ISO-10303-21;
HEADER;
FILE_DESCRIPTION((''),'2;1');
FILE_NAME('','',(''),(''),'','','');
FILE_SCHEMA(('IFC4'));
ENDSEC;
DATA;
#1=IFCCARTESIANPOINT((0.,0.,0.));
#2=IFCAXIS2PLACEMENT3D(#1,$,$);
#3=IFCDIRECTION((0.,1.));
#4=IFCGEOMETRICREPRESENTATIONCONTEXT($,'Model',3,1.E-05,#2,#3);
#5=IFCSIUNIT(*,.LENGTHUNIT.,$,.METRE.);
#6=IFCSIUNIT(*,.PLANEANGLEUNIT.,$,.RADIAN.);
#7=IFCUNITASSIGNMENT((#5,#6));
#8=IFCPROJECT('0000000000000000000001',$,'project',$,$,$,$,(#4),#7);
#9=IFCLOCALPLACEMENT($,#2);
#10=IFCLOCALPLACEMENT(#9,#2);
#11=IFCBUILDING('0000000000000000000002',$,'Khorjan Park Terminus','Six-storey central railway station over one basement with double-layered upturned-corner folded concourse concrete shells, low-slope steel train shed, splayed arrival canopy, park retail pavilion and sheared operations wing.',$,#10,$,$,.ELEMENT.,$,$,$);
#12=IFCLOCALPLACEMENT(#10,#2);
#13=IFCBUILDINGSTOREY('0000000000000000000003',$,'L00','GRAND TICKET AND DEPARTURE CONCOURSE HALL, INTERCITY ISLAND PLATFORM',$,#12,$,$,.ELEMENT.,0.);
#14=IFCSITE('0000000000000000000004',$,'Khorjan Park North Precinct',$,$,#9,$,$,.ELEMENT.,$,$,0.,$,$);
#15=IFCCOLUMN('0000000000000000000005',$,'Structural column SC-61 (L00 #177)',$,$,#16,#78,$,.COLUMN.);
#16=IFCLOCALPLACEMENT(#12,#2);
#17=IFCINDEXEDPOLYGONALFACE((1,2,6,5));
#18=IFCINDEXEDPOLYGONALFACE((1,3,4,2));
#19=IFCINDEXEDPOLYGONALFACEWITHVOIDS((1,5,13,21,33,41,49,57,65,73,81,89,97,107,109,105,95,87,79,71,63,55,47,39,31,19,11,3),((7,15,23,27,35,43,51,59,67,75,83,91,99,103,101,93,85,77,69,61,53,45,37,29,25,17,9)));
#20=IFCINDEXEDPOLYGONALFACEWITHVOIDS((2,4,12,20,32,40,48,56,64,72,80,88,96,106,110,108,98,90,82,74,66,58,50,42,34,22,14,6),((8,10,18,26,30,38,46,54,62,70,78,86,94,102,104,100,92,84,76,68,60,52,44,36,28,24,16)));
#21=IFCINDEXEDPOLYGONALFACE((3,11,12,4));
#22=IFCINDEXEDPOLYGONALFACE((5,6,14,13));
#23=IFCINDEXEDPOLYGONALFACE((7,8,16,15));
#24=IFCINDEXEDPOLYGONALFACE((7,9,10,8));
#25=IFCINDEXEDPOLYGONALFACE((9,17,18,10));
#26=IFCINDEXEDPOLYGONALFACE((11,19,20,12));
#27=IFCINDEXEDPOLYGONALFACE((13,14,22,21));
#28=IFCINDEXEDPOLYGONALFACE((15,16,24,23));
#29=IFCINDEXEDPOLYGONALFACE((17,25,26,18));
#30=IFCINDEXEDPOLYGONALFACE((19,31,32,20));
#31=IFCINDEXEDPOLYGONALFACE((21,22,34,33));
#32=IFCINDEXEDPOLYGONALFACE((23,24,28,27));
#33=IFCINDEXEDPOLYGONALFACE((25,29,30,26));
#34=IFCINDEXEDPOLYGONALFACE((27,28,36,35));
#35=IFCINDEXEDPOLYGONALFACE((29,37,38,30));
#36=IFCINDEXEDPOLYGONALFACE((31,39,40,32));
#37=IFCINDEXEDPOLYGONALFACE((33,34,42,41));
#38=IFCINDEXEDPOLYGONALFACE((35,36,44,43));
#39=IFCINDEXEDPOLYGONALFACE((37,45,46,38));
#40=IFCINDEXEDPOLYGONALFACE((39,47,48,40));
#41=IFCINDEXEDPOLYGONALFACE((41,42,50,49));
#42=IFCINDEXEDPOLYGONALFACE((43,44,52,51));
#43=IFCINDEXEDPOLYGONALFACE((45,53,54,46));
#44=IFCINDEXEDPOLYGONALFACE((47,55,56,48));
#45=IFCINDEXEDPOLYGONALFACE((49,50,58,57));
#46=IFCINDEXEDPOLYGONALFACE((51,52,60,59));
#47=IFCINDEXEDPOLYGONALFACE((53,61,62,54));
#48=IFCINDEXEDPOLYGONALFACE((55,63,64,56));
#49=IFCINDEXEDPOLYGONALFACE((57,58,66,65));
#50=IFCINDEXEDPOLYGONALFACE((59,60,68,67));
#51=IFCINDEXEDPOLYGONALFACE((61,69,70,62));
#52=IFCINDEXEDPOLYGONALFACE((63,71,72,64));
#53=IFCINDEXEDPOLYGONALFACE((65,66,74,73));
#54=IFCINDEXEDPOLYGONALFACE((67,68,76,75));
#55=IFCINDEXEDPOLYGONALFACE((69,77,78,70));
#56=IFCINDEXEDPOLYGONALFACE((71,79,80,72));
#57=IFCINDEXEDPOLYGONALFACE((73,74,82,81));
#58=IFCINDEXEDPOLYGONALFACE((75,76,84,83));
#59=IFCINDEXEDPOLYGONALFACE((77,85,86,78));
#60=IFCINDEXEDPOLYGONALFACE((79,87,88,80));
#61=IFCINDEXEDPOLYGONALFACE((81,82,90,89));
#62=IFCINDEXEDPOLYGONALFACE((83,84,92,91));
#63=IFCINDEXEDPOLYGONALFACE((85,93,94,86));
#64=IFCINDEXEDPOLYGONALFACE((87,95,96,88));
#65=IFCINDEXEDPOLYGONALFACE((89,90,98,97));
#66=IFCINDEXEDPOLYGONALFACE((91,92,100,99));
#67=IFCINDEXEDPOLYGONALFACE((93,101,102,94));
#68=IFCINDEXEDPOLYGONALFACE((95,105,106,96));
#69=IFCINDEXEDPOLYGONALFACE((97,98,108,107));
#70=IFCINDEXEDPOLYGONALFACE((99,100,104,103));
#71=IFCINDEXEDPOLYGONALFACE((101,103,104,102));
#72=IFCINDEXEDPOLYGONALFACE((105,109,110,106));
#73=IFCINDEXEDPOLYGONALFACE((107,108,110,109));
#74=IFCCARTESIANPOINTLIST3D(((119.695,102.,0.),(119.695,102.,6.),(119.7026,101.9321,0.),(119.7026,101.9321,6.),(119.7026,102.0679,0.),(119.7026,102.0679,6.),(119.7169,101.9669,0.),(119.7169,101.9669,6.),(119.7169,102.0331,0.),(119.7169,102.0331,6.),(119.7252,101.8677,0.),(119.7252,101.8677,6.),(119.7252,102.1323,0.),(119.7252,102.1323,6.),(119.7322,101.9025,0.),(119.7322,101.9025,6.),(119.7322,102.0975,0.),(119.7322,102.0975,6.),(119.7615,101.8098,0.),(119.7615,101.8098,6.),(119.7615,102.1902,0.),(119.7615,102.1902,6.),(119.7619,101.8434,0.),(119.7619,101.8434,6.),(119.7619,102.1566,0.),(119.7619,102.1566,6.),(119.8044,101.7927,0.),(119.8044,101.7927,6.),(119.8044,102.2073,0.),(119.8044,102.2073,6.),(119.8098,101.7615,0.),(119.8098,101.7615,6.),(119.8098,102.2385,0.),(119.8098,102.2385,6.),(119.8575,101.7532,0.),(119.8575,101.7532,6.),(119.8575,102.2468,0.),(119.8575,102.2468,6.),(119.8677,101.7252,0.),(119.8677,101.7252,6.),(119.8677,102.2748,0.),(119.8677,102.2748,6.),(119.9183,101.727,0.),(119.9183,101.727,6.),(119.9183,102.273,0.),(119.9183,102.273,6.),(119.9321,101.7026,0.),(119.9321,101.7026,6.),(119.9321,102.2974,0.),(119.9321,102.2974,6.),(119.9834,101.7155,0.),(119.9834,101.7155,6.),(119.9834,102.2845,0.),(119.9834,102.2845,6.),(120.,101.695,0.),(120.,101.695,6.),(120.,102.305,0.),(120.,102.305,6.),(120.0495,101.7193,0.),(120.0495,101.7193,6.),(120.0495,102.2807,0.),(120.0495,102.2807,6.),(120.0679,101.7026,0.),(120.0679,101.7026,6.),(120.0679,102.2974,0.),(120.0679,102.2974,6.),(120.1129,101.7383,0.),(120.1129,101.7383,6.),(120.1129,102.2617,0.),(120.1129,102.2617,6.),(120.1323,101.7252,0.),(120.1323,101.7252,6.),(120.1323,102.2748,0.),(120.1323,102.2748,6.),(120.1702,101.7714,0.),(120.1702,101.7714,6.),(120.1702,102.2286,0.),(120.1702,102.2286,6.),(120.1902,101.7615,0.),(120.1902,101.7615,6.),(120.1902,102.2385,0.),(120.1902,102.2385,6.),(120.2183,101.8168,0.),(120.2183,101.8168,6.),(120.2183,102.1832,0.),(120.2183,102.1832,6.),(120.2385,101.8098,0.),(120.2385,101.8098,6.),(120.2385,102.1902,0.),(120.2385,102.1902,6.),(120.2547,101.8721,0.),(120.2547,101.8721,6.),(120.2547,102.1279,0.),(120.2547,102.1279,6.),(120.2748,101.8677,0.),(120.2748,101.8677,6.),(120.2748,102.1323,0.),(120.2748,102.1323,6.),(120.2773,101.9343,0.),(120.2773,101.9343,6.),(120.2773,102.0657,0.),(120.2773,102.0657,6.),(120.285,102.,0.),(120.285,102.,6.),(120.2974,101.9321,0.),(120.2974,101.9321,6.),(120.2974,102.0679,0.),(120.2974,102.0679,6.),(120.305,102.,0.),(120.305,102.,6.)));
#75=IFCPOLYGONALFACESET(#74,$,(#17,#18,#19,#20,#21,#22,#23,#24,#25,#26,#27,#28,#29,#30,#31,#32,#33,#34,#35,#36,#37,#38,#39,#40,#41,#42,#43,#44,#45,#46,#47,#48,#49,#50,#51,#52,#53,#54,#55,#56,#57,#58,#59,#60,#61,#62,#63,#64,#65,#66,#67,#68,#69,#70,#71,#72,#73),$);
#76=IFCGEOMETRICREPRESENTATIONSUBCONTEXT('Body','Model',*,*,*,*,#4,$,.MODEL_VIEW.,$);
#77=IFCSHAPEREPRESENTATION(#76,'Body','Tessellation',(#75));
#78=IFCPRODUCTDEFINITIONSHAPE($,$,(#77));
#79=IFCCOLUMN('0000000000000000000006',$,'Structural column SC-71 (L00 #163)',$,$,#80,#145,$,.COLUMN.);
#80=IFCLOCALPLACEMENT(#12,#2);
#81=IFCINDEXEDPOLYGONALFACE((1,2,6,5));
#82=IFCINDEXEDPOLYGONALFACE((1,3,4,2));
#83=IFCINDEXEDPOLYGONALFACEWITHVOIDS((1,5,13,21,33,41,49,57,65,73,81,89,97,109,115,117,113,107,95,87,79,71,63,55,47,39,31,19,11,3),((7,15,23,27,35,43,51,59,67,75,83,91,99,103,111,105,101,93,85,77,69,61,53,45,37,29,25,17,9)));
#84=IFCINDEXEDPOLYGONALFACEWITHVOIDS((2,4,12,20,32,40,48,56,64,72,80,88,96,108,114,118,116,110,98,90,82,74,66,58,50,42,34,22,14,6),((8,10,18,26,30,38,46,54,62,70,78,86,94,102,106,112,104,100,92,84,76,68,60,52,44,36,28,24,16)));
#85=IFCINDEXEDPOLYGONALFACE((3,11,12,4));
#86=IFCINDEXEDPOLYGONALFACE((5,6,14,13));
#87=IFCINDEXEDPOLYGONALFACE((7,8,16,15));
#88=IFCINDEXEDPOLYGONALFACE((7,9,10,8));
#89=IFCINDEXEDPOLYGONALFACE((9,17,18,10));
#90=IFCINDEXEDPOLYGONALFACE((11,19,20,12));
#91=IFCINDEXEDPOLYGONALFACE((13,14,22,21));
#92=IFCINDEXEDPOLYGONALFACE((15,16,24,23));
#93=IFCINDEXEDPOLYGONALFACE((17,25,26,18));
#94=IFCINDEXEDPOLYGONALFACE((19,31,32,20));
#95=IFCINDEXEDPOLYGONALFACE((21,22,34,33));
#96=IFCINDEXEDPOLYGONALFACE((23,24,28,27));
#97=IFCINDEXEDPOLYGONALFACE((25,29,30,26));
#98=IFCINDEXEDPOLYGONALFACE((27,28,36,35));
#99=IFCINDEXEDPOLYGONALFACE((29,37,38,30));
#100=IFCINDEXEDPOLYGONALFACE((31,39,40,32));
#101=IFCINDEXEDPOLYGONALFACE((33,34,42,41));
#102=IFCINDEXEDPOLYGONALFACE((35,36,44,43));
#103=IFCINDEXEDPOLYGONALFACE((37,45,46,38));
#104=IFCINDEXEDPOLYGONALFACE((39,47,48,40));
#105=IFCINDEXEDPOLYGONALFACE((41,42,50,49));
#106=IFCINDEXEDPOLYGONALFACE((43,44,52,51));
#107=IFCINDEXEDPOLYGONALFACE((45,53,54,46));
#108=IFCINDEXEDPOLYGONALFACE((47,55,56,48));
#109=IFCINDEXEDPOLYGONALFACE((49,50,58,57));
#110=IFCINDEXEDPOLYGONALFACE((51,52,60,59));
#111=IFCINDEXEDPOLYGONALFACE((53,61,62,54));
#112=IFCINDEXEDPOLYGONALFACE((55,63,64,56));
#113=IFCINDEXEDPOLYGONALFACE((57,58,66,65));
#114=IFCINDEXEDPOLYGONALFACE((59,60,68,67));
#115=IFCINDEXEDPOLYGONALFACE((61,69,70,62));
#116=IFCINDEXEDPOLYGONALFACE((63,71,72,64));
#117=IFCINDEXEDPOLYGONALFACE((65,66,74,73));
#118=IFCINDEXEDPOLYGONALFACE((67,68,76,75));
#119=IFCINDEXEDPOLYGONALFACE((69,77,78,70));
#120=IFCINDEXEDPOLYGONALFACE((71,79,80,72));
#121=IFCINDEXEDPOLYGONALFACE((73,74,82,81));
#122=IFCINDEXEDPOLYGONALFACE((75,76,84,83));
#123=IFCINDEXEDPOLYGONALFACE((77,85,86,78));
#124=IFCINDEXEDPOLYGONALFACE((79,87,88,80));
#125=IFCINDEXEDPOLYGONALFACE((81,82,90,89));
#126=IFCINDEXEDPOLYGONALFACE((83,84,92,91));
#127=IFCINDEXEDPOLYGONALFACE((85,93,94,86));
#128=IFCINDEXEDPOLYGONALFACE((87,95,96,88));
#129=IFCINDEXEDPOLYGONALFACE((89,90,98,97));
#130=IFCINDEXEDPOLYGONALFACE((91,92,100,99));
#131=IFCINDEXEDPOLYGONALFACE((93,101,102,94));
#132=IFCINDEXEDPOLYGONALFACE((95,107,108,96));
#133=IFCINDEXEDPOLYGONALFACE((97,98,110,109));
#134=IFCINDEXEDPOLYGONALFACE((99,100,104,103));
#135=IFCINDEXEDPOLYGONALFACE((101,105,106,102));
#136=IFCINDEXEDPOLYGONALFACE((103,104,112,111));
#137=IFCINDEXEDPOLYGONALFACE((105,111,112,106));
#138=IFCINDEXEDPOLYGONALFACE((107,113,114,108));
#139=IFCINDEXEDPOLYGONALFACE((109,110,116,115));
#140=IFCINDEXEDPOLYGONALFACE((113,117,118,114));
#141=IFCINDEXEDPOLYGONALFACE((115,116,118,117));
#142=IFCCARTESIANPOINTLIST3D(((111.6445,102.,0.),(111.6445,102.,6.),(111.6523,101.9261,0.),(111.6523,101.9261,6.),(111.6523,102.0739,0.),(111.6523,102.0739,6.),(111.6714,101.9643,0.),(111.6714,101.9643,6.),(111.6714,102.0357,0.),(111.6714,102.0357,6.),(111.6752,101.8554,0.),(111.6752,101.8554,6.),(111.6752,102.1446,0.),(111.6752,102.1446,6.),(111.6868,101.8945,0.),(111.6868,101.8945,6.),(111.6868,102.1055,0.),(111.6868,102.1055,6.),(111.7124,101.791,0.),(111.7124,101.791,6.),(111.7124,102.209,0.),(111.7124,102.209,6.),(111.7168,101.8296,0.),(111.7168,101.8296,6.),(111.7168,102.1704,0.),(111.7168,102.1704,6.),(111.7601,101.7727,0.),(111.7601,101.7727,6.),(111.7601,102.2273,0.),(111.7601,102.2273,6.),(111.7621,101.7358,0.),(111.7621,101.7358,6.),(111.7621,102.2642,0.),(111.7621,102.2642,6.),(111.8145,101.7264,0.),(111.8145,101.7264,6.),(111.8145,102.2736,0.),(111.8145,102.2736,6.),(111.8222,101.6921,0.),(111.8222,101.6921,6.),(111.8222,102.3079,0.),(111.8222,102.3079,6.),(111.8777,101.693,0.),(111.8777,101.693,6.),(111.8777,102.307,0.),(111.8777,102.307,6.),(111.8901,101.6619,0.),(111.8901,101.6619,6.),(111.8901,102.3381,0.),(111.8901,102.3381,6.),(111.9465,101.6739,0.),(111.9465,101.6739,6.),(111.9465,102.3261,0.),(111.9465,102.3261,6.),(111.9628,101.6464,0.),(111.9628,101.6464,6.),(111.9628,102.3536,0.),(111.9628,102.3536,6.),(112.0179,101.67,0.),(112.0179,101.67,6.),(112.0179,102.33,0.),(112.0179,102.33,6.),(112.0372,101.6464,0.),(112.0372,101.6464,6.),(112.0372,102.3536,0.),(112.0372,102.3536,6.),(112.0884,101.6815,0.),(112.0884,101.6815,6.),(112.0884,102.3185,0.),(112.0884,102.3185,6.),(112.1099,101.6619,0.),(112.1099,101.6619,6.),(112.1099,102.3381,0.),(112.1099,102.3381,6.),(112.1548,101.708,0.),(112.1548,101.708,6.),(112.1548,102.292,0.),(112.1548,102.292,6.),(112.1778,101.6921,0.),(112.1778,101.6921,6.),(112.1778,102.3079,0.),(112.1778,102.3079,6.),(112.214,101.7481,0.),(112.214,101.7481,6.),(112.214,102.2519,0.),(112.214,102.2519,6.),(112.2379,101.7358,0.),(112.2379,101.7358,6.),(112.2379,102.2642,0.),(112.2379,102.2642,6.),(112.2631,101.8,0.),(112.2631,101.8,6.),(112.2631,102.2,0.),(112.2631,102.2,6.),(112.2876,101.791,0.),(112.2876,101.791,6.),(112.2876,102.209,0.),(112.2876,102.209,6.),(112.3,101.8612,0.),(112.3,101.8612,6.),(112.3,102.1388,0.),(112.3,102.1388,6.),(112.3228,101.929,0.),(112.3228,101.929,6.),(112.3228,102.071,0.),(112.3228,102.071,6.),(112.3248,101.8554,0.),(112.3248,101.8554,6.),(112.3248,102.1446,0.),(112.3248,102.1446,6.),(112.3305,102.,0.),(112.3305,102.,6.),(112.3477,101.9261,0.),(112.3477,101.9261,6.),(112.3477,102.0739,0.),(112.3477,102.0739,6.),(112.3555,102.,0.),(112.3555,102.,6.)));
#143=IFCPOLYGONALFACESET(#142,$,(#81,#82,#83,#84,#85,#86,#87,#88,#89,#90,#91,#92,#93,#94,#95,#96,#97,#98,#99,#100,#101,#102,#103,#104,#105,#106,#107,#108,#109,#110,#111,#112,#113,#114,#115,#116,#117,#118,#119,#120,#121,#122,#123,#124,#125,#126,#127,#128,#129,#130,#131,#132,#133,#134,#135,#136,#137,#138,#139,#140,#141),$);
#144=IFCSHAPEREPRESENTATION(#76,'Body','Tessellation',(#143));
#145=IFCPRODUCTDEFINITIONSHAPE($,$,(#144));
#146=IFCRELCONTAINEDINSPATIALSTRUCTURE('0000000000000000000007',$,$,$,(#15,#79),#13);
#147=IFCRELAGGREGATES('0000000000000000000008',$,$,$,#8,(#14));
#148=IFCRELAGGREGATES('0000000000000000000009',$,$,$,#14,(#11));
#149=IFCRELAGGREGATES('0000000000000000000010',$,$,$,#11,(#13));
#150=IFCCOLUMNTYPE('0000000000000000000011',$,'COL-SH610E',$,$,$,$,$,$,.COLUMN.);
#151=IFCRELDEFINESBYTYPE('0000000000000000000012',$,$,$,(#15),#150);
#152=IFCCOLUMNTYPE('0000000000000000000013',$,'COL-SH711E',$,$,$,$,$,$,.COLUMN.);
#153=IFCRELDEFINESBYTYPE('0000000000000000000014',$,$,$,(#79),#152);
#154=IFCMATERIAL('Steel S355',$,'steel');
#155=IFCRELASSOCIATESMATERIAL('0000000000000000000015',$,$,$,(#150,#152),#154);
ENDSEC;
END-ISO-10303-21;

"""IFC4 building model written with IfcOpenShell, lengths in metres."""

from ifc_helpers import new_model, si_unit, direction, frame, origin, origin_2d, place, context, subcontext, project, spatial, hollow_circle, extrude, material, material_profile, profile_set, type_object, element, save


model = new_model("IFC4")

# Units and contexts
model_context = context("Model", 3, precision=1e-05, world=origin(), true_north=direction((0.0, 1.0)))
body_context = subcontext(model_context, "Body", "Model", "MODEL_VIEW")
ifc_project = project(units=[si_unit("LENGTHUNIT", "METRE"), si_unit("PLANEANGLEUNIT", "RADIAN")], contexts=[model_context])

# Site, building, storey
site_placement = place(None, origin())
site = spatial("IfcSite", under=ifc_project, at=site_placement, Name="Khorjan Park North Precinct", CompositionType="ELEMENT", RefElevation=0.0)
building_placement = place(site_placement, origin())
building = spatial("IfcBuilding", under=site, at=building_placement, Name="Khorjan Park Terminus", Description="Six-storey central railway station over one basement with double-layered upturned-corner folded concourse concrete shells, low-slope steel train shed, splayed arrival canopy, park retail pavilion and sheared operations wing.", CompositionType="ELEMENT")
storey_placement = place(building_placement, origin())
storey = spatial("IfcBuildingStorey", under=building, at=storey_placement, Name="L00", Description="GRAND TICKET AND DEPARTURE CONCOURSE HALL, INTERCITY ISLAND PLATFORM", CompositionType="ELEMENT", Elevation=0.0)

# Columns
ifc_material_1 = material(Name="Steel S355", Category="steel")
ifc_material_profile_1 = material_profile(ifc_material_1, hollow_circle(Radius=0.305, WallThickness=0.02, at=origin_2d()), Name="CHS 610x20")
ifc_profile_set_1 = profile_set([ifc_material_profile_1], Name="Steel S355")
column_type_1 = type_object("IfcColumnType", Name="COL-SH610E", PredefinedType="COLUMN", material=ifc_profile_set_1)
column_1_placement = place(storey_placement, frame((120.0, 102.0, 0.0), z_axis=(0.0, 0.0, 1.0), x_axis=(1.0, 0.0, 0.0)))
element("IfcColumn", 1, at=column_1_placement, inside=storey, type_object=column_type_1, Name="Structural column SC-61 (L00 #177)", PredefinedType="COLUMN", context=body_context, shape_type="SweptSolid", body=[
    extrude(hollow_circle(Radius=0.305, WallThickness=0.02, at=origin_2d()), origin(), (0.0, 0.0, 1.0), 6.0),
])
ifc_material_profile_2 = material_profile(ifc_material_1, hollow_circle(Radius=0.3555, WallThickness=0.025, at=origin_2d()), Name="CHS 711x25")
ifc_profile_set_2 = profile_set([ifc_material_profile_2], Name="Steel S355")
column_type_2 = type_object("IfcColumnType", Name="COL-SH711E", PredefinedType="COLUMN", material=ifc_profile_set_2)
column_2_placement = place(storey_placement, frame((112.0, 102.0, 0.0), z_axis=(0.0, 0.0, 1.0), x_axis=(1.0, 0.0, 0.0)))
element("IfcColumn", 2, at=column_2_placement, inside=storey, type_object=column_type_2, Name="Structural column SC-71 (L00 #163)", PredefinedType="COLUMN", context=body_context, shape_type="SweptSolid", body=[
    extrude(hollow_circle(Radius=0.3555, WallThickness=0.025, at=origin_2d()), origin(), (0.0, 0.0, 1.0), 6.0),
])

save(model, "model.ifc")
